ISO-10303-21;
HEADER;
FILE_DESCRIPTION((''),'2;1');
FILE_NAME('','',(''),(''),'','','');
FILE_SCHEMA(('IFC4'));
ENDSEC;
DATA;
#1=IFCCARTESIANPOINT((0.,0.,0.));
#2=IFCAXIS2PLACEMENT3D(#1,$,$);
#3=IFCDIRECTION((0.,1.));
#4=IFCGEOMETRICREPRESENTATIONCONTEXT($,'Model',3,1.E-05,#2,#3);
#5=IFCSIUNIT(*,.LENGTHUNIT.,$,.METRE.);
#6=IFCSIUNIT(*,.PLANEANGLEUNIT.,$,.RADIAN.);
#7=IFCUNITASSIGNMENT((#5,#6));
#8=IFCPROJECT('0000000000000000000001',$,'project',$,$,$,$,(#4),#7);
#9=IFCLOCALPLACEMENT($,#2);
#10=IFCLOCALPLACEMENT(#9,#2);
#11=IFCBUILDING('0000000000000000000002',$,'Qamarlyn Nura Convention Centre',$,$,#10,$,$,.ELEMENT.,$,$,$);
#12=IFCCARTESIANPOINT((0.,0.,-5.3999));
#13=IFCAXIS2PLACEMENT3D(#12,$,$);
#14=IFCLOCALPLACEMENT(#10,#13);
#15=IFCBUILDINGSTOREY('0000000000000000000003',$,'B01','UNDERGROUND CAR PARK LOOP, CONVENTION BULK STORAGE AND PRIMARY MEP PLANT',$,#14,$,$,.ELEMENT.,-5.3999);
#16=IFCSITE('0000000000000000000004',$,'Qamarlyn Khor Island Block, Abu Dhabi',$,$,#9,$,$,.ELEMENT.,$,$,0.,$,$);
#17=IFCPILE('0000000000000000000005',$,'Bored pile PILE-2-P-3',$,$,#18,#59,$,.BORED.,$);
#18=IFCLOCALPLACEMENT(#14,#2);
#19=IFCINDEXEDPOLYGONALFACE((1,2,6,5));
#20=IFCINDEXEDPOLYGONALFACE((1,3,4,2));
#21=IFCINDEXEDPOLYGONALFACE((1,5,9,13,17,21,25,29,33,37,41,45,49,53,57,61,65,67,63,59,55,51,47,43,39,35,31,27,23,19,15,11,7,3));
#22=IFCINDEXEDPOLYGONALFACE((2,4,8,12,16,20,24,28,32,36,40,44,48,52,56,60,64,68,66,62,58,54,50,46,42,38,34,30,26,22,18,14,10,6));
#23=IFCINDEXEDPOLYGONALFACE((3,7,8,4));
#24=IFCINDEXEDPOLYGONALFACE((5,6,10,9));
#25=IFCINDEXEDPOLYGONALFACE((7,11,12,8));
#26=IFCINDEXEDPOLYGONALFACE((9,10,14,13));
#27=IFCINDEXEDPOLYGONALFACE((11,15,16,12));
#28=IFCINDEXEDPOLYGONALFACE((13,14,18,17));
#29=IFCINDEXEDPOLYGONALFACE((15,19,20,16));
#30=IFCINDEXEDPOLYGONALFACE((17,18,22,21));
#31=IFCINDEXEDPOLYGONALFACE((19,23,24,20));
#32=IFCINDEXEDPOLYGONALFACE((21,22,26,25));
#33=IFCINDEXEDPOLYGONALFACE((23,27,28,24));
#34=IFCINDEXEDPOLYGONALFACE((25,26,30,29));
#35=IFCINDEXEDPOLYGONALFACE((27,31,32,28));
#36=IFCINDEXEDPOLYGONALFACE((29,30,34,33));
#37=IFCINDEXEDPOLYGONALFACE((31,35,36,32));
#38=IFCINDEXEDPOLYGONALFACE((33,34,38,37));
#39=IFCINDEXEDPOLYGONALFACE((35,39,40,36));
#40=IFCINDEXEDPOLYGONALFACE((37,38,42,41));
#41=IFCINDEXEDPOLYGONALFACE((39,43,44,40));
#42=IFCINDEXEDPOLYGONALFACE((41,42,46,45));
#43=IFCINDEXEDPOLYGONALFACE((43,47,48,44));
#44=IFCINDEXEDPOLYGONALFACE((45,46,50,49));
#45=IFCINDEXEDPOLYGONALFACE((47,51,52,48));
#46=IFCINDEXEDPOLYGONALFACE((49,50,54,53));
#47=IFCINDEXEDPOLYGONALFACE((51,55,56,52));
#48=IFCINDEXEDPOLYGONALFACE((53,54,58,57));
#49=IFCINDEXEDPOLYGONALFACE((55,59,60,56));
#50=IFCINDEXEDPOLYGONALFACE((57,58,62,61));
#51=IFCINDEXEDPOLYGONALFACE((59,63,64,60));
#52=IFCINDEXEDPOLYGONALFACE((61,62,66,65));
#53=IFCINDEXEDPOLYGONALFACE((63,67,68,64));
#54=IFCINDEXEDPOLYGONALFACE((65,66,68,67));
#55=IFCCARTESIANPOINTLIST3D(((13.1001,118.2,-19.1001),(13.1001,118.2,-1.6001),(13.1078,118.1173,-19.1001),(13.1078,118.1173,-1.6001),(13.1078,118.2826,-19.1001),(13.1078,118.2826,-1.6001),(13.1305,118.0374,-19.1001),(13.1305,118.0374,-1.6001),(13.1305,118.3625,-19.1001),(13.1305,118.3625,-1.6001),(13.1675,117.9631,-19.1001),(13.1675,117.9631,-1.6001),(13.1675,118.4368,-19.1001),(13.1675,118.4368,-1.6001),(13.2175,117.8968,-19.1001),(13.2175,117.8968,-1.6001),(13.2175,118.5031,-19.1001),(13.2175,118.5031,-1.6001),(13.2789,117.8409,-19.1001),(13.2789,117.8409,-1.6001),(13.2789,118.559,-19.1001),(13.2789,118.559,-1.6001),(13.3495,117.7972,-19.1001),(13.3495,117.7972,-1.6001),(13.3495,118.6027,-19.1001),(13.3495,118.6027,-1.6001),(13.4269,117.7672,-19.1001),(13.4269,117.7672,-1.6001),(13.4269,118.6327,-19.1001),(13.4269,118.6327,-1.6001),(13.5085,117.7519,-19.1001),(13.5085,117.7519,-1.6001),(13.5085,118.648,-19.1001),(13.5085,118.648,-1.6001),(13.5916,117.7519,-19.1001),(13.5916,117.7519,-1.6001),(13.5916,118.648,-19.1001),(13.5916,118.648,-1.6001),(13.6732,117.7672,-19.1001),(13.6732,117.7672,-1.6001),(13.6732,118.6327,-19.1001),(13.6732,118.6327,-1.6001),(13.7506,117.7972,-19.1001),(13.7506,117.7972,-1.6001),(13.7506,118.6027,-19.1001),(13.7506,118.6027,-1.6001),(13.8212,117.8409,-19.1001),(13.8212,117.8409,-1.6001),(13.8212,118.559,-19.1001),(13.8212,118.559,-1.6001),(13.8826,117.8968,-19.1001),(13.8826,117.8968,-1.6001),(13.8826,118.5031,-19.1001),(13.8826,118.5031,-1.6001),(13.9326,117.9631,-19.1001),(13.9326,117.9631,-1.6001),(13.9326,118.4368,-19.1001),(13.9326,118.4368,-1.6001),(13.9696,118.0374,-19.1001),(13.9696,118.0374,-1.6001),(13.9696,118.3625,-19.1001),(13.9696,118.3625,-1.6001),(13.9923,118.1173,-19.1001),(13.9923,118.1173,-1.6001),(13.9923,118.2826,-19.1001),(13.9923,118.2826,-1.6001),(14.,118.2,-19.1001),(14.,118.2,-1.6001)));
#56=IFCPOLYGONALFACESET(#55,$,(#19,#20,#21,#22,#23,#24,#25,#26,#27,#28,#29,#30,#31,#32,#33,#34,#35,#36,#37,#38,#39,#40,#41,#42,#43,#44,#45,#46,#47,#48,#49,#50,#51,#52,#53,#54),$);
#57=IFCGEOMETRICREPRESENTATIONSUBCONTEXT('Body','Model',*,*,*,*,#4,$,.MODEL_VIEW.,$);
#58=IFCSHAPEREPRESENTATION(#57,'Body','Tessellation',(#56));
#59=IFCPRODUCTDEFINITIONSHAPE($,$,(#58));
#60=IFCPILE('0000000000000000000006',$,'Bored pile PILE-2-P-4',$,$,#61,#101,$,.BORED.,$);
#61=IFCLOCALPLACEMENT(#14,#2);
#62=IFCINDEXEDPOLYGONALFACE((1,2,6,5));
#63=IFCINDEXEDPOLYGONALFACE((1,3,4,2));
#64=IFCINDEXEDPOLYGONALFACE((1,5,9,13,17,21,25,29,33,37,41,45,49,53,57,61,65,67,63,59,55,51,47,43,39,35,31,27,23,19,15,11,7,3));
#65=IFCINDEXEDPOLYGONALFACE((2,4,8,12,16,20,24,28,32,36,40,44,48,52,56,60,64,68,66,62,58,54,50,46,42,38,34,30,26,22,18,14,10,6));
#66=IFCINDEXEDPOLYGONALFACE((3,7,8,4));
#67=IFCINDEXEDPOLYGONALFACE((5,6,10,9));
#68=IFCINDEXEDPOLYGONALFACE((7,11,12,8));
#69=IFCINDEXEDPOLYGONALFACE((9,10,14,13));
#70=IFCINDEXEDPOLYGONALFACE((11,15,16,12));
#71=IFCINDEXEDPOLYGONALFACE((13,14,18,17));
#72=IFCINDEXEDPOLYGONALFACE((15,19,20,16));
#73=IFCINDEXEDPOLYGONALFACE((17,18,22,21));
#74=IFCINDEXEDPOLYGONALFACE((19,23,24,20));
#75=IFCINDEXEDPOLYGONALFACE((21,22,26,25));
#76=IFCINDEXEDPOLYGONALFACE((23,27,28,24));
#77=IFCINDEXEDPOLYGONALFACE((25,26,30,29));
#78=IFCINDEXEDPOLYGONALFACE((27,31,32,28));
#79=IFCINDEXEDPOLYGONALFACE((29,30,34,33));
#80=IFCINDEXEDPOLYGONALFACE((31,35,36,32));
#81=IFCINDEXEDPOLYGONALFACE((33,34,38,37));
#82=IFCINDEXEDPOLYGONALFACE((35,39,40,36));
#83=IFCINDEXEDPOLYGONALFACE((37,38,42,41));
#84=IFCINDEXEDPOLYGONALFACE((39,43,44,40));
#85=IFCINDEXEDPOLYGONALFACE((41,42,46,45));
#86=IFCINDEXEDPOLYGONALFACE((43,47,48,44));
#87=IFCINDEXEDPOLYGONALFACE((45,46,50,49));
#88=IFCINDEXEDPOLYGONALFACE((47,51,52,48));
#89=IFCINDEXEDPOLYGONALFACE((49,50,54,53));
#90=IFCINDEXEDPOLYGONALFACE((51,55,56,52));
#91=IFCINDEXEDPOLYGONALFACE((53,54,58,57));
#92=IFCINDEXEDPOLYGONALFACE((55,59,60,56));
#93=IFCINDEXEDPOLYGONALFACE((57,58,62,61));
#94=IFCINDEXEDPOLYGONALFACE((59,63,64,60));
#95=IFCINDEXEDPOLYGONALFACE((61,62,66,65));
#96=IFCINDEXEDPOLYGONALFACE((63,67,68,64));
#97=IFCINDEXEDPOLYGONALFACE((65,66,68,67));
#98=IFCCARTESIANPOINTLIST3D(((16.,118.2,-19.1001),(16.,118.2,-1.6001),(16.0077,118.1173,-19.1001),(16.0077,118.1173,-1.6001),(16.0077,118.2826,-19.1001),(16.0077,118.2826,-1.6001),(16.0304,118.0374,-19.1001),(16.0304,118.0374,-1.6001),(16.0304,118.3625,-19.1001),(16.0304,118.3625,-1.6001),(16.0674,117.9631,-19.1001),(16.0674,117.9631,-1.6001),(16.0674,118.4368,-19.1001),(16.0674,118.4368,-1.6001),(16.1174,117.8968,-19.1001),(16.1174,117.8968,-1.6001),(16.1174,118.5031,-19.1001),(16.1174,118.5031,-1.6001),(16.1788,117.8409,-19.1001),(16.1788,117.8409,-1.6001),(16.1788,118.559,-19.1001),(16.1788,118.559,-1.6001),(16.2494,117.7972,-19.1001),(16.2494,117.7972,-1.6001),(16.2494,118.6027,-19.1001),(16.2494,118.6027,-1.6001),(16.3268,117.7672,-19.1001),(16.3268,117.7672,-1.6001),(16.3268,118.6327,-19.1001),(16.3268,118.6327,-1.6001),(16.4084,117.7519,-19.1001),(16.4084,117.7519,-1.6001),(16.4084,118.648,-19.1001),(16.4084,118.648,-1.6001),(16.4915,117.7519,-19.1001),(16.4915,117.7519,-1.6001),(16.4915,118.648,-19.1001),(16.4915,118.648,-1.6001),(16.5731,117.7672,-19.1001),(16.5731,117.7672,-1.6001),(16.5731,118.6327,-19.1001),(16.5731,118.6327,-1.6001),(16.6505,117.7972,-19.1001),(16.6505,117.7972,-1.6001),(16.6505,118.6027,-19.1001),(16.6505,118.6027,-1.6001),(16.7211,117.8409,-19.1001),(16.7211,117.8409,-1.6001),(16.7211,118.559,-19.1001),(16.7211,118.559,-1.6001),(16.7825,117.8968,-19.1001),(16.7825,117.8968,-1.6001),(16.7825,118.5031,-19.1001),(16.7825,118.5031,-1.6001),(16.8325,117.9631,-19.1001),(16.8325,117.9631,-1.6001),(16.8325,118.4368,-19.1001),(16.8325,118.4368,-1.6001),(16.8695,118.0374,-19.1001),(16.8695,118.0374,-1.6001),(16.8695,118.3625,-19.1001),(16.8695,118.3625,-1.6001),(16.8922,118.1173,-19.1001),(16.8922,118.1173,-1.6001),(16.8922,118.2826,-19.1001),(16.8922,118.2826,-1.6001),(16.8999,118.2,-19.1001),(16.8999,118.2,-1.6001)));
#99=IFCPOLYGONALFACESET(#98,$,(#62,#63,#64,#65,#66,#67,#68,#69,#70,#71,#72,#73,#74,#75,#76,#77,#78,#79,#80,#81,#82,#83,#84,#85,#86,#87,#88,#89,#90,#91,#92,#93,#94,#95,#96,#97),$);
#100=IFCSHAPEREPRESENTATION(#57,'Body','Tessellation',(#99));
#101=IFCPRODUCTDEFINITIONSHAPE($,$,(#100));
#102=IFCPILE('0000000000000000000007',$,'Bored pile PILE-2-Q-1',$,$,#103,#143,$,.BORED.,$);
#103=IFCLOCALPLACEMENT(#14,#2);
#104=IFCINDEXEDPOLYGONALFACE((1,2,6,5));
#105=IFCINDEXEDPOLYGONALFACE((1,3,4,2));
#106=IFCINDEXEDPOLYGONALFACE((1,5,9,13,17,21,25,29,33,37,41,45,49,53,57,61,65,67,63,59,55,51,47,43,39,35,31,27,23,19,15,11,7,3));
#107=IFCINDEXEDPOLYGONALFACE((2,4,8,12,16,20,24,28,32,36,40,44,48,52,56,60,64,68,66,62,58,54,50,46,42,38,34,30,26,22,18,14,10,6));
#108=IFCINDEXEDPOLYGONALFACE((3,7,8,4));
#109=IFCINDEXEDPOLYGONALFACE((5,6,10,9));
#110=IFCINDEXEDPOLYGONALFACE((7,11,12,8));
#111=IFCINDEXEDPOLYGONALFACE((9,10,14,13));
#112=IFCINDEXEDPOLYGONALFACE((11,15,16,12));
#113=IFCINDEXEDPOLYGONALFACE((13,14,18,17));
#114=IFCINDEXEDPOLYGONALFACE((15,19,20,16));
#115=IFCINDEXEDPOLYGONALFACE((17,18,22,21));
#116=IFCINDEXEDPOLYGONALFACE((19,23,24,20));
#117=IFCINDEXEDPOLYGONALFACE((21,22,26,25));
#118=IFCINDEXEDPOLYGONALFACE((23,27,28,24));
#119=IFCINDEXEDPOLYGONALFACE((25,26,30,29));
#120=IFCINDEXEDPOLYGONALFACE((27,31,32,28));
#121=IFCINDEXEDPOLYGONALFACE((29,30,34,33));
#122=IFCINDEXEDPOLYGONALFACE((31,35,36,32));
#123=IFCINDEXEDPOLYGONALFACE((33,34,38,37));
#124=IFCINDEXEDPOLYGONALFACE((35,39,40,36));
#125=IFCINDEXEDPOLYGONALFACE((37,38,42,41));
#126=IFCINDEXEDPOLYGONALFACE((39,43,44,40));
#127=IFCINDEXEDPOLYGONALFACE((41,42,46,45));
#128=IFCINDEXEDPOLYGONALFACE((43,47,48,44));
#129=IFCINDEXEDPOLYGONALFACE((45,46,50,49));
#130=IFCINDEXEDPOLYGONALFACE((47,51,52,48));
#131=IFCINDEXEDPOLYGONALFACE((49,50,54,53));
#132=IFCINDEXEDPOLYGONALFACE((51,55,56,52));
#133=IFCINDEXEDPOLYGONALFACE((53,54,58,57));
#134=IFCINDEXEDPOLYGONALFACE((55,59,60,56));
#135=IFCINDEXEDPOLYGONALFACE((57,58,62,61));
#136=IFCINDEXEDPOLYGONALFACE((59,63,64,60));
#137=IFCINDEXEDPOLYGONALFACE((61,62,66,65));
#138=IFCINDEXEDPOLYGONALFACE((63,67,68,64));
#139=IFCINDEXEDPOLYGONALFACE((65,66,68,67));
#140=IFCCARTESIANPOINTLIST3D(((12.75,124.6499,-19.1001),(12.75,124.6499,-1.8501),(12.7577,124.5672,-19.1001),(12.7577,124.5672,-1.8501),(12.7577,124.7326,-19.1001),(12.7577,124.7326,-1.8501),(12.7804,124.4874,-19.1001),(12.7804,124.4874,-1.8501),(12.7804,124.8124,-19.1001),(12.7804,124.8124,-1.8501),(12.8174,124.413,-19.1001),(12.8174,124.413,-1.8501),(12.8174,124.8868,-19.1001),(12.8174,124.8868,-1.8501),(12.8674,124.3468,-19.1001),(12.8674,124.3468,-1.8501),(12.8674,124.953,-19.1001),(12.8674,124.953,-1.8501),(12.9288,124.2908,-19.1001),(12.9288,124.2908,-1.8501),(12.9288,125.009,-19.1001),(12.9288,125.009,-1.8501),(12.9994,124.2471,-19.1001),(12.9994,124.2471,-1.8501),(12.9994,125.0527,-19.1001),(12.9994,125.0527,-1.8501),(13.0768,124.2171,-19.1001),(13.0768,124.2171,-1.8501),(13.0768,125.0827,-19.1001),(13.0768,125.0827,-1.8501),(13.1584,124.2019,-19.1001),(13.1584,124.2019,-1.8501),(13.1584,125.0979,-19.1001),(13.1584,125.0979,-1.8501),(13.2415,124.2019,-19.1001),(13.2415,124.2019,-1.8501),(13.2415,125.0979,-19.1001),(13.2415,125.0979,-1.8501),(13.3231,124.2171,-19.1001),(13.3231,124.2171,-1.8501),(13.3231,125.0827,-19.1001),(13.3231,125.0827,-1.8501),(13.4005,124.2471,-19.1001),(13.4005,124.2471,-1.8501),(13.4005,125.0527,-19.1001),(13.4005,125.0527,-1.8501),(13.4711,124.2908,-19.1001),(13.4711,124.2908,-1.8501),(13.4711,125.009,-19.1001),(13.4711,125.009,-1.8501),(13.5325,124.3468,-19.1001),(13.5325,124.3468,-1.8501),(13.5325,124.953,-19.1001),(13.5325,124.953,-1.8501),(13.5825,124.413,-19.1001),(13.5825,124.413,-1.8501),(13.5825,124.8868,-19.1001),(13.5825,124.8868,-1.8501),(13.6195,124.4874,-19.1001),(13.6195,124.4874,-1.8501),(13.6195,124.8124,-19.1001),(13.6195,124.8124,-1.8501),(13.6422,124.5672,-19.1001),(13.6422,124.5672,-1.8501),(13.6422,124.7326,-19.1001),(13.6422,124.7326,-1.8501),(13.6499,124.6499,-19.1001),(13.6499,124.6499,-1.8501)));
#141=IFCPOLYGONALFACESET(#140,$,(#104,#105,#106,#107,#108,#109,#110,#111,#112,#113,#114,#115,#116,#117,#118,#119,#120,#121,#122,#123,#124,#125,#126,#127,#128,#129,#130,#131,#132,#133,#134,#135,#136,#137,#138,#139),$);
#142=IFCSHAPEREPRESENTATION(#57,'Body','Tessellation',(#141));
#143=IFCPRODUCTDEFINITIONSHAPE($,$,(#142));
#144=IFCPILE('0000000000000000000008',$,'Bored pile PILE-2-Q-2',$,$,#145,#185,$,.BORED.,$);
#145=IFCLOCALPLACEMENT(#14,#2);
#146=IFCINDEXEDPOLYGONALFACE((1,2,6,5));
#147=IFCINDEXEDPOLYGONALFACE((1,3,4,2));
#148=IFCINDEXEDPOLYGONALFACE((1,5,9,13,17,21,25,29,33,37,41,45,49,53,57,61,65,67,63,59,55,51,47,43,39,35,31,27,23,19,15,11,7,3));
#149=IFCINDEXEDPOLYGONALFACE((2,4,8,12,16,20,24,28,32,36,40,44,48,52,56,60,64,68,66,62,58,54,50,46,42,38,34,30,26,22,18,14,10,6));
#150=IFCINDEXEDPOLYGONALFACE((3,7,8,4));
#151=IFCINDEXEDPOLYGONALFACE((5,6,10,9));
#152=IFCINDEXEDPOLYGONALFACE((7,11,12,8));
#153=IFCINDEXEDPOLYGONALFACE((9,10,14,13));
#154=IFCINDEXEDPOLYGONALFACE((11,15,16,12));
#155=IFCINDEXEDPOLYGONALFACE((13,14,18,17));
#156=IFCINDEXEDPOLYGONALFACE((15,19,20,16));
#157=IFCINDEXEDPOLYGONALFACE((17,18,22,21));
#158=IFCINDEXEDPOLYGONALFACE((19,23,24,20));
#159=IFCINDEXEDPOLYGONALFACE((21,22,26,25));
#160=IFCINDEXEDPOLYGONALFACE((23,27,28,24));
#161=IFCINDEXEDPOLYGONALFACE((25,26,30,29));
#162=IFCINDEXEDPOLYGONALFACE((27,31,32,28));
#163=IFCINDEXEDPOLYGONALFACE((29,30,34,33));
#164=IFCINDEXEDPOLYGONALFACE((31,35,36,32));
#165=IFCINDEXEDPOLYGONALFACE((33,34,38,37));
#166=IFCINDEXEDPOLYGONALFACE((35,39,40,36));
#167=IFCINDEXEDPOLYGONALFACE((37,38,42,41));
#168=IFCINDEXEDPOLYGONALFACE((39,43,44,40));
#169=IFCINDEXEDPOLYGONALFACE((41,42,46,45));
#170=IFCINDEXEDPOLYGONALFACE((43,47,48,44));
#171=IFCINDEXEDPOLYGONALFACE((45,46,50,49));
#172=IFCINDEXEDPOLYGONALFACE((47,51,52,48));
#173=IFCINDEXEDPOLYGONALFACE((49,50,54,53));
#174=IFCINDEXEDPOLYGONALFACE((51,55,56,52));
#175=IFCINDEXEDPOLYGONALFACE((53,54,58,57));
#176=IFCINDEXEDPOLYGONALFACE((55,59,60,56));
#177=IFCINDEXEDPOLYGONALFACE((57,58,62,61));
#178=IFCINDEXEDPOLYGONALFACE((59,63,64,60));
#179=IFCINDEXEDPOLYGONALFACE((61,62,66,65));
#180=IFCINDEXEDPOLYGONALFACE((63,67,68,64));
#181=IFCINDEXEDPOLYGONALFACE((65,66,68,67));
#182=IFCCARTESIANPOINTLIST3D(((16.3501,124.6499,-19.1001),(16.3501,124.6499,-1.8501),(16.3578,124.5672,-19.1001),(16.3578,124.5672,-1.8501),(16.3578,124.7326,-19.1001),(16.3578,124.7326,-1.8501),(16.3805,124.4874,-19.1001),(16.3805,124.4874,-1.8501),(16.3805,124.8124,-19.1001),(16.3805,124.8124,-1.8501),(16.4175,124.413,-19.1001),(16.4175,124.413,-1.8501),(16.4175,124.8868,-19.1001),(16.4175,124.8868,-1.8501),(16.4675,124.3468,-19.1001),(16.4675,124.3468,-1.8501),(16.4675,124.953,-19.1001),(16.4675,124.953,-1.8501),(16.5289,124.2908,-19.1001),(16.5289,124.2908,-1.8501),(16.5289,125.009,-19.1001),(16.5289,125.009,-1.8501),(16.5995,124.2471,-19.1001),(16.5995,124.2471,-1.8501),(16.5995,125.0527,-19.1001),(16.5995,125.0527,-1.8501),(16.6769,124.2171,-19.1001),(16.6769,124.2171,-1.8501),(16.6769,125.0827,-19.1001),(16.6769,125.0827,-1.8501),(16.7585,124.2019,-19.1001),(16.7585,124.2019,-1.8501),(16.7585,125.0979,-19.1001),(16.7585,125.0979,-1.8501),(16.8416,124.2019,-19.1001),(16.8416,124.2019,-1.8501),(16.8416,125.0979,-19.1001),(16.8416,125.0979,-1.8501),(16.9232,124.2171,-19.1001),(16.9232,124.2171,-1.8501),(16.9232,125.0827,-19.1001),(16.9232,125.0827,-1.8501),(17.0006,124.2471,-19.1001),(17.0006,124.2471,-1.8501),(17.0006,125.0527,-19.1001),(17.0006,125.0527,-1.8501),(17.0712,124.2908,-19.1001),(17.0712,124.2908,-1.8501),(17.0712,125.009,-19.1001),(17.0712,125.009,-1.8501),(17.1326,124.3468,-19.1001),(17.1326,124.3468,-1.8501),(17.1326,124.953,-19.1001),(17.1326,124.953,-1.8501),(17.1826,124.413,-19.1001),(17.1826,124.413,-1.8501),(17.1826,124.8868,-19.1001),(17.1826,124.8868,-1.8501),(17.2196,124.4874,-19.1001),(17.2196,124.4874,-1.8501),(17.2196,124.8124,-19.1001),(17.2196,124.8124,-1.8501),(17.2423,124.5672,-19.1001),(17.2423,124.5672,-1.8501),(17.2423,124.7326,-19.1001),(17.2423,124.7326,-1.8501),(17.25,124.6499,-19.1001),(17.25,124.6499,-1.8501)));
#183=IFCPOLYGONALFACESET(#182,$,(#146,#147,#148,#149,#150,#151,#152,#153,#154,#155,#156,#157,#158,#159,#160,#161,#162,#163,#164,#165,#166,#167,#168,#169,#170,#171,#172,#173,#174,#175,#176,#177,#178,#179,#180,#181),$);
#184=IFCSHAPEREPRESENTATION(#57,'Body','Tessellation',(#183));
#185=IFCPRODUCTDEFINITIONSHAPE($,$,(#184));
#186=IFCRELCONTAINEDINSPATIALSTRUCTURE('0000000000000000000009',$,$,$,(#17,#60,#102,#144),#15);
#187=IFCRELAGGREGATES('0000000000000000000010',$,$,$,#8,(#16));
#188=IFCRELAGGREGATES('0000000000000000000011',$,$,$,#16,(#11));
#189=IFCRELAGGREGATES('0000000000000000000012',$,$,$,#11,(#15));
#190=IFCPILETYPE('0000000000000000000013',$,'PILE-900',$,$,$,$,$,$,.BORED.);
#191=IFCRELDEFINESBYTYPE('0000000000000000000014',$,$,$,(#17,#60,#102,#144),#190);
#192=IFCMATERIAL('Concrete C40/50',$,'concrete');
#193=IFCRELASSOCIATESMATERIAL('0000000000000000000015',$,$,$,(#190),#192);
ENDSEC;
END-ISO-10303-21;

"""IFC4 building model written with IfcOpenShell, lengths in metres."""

from ifc_helpers import new_model, si_unit, direction, frame, origin, origin_2d, place, context, subcontext, project, spatial, circle, extrude, material, material_profile, profile_set, type_object, element, save


model = new_model("IFC4")

# Units and contexts
model_context = context("Model", 3, precision=1e-05, world=origin(), true_north=direction((0.0, 1.0)))
body_context = subcontext(model_context, "Body", "Model", "MODEL_VIEW")
ifc_project = project(units=[si_unit("LENGTHUNIT", "METRE"), si_unit("PLANEANGLEUNIT", "RADIAN")], contexts=[model_context])

# Site, building, storey
site_placement = place(None, origin())
site = spatial("IfcSite", under=ifc_project, at=site_placement, Name="Qamarlyn Khor Island Block, Abu Dhabi", CompositionType="ELEMENT", RefElevation=0.0)
building_placement = place(site_placement, origin())
building = spatial("IfcBuilding", under=site, at=building_placement, Name="Qamarlyn Nura Convention Centre", CompositionType="ELEMENT")
storey_placement = place(building_placement, frame((0.0, 0.0, -5.3999)))
storey = spatial("IfcBuildingStorey", under=building, at=storey_placement, Name="B01", Description="UNDERGROUND CAR PARK LOOP, CONVENTION BULK STORAGE AND PRIMARY MEP PLANT", CompositionType="ELEMENT", Elevation=-5.3999)

# Shared definitions
ifc_material_1 = material(Name="Concrete C40/50", Category="concrete")

# Piles
ifc_material_profile_1 = material_profile(ifc_material_1, circle(Radius=0.45, at=origin_2d()), Name="BORED PILE 900")
ifc_profile_set_1 = profile_set([ifc_material_profile_1], Name="Concrete C40/50")
pile_type = type_object("IfcPileType", Name="PILE-900", PredefinedType="BORED", material=ifc_profile_set_1)
for number, where, z_axis, x_axis, name in (
    (1, (13.55, 118.2, -1.6001), (0.0, 0.0, -1.0), (1.0, 0.0, 0.0), "Bored pile PILE-2-P-3"),
    (2, (16.45, 118.2, -1.6001), (0.0, 0.0, -1.0), (1.0, 0.0, 0.0), "Bored pile PILE-2-P-4"),
):
    element("IfcPile", number, at=place(storey_placement, frame(where, z_axis=z_axis, x_axis=x_axis)), inside=storey, type_object=pile_type, Name=name, PredefinedType="BORED", context=body_context, shape_type="SweptSolid", body=[
        extrude(circle(Radius=0.45, at=origin_2d()), origin(), (0.0, 0.0, 1.0), 17.5),
    ])
for number, where, z_axis, x_axis, name in (
    (3, (13.2, 124.6499, -1.8501), (0.0, 0.0, -1.0), (1.0, 0.0, 0.0), "Bored pile PILE-2-Q-1"),
    (4, (16.8, 124.6499, -1.8501), (0.0, 0.0, -1.0), (1.0, 0.0, 0.0), "Bored pile PILE-2-Q-2"),
):
    element("IfcPile", number, at=place(storey_placement, frame(where, z_axis=z_axis, x_axis=x_axis)), inside=storey, type_object=pile_type, Name=name, PredefinedType="BORED", context=body_context, shape_type="SweptSolid", body=[
        extrude(circle(Radius=0.45, at=origin_2d()), origin(), (0.0, 0.0, 1.0), 17.25),
    ])

save(model, "model.ifc")
